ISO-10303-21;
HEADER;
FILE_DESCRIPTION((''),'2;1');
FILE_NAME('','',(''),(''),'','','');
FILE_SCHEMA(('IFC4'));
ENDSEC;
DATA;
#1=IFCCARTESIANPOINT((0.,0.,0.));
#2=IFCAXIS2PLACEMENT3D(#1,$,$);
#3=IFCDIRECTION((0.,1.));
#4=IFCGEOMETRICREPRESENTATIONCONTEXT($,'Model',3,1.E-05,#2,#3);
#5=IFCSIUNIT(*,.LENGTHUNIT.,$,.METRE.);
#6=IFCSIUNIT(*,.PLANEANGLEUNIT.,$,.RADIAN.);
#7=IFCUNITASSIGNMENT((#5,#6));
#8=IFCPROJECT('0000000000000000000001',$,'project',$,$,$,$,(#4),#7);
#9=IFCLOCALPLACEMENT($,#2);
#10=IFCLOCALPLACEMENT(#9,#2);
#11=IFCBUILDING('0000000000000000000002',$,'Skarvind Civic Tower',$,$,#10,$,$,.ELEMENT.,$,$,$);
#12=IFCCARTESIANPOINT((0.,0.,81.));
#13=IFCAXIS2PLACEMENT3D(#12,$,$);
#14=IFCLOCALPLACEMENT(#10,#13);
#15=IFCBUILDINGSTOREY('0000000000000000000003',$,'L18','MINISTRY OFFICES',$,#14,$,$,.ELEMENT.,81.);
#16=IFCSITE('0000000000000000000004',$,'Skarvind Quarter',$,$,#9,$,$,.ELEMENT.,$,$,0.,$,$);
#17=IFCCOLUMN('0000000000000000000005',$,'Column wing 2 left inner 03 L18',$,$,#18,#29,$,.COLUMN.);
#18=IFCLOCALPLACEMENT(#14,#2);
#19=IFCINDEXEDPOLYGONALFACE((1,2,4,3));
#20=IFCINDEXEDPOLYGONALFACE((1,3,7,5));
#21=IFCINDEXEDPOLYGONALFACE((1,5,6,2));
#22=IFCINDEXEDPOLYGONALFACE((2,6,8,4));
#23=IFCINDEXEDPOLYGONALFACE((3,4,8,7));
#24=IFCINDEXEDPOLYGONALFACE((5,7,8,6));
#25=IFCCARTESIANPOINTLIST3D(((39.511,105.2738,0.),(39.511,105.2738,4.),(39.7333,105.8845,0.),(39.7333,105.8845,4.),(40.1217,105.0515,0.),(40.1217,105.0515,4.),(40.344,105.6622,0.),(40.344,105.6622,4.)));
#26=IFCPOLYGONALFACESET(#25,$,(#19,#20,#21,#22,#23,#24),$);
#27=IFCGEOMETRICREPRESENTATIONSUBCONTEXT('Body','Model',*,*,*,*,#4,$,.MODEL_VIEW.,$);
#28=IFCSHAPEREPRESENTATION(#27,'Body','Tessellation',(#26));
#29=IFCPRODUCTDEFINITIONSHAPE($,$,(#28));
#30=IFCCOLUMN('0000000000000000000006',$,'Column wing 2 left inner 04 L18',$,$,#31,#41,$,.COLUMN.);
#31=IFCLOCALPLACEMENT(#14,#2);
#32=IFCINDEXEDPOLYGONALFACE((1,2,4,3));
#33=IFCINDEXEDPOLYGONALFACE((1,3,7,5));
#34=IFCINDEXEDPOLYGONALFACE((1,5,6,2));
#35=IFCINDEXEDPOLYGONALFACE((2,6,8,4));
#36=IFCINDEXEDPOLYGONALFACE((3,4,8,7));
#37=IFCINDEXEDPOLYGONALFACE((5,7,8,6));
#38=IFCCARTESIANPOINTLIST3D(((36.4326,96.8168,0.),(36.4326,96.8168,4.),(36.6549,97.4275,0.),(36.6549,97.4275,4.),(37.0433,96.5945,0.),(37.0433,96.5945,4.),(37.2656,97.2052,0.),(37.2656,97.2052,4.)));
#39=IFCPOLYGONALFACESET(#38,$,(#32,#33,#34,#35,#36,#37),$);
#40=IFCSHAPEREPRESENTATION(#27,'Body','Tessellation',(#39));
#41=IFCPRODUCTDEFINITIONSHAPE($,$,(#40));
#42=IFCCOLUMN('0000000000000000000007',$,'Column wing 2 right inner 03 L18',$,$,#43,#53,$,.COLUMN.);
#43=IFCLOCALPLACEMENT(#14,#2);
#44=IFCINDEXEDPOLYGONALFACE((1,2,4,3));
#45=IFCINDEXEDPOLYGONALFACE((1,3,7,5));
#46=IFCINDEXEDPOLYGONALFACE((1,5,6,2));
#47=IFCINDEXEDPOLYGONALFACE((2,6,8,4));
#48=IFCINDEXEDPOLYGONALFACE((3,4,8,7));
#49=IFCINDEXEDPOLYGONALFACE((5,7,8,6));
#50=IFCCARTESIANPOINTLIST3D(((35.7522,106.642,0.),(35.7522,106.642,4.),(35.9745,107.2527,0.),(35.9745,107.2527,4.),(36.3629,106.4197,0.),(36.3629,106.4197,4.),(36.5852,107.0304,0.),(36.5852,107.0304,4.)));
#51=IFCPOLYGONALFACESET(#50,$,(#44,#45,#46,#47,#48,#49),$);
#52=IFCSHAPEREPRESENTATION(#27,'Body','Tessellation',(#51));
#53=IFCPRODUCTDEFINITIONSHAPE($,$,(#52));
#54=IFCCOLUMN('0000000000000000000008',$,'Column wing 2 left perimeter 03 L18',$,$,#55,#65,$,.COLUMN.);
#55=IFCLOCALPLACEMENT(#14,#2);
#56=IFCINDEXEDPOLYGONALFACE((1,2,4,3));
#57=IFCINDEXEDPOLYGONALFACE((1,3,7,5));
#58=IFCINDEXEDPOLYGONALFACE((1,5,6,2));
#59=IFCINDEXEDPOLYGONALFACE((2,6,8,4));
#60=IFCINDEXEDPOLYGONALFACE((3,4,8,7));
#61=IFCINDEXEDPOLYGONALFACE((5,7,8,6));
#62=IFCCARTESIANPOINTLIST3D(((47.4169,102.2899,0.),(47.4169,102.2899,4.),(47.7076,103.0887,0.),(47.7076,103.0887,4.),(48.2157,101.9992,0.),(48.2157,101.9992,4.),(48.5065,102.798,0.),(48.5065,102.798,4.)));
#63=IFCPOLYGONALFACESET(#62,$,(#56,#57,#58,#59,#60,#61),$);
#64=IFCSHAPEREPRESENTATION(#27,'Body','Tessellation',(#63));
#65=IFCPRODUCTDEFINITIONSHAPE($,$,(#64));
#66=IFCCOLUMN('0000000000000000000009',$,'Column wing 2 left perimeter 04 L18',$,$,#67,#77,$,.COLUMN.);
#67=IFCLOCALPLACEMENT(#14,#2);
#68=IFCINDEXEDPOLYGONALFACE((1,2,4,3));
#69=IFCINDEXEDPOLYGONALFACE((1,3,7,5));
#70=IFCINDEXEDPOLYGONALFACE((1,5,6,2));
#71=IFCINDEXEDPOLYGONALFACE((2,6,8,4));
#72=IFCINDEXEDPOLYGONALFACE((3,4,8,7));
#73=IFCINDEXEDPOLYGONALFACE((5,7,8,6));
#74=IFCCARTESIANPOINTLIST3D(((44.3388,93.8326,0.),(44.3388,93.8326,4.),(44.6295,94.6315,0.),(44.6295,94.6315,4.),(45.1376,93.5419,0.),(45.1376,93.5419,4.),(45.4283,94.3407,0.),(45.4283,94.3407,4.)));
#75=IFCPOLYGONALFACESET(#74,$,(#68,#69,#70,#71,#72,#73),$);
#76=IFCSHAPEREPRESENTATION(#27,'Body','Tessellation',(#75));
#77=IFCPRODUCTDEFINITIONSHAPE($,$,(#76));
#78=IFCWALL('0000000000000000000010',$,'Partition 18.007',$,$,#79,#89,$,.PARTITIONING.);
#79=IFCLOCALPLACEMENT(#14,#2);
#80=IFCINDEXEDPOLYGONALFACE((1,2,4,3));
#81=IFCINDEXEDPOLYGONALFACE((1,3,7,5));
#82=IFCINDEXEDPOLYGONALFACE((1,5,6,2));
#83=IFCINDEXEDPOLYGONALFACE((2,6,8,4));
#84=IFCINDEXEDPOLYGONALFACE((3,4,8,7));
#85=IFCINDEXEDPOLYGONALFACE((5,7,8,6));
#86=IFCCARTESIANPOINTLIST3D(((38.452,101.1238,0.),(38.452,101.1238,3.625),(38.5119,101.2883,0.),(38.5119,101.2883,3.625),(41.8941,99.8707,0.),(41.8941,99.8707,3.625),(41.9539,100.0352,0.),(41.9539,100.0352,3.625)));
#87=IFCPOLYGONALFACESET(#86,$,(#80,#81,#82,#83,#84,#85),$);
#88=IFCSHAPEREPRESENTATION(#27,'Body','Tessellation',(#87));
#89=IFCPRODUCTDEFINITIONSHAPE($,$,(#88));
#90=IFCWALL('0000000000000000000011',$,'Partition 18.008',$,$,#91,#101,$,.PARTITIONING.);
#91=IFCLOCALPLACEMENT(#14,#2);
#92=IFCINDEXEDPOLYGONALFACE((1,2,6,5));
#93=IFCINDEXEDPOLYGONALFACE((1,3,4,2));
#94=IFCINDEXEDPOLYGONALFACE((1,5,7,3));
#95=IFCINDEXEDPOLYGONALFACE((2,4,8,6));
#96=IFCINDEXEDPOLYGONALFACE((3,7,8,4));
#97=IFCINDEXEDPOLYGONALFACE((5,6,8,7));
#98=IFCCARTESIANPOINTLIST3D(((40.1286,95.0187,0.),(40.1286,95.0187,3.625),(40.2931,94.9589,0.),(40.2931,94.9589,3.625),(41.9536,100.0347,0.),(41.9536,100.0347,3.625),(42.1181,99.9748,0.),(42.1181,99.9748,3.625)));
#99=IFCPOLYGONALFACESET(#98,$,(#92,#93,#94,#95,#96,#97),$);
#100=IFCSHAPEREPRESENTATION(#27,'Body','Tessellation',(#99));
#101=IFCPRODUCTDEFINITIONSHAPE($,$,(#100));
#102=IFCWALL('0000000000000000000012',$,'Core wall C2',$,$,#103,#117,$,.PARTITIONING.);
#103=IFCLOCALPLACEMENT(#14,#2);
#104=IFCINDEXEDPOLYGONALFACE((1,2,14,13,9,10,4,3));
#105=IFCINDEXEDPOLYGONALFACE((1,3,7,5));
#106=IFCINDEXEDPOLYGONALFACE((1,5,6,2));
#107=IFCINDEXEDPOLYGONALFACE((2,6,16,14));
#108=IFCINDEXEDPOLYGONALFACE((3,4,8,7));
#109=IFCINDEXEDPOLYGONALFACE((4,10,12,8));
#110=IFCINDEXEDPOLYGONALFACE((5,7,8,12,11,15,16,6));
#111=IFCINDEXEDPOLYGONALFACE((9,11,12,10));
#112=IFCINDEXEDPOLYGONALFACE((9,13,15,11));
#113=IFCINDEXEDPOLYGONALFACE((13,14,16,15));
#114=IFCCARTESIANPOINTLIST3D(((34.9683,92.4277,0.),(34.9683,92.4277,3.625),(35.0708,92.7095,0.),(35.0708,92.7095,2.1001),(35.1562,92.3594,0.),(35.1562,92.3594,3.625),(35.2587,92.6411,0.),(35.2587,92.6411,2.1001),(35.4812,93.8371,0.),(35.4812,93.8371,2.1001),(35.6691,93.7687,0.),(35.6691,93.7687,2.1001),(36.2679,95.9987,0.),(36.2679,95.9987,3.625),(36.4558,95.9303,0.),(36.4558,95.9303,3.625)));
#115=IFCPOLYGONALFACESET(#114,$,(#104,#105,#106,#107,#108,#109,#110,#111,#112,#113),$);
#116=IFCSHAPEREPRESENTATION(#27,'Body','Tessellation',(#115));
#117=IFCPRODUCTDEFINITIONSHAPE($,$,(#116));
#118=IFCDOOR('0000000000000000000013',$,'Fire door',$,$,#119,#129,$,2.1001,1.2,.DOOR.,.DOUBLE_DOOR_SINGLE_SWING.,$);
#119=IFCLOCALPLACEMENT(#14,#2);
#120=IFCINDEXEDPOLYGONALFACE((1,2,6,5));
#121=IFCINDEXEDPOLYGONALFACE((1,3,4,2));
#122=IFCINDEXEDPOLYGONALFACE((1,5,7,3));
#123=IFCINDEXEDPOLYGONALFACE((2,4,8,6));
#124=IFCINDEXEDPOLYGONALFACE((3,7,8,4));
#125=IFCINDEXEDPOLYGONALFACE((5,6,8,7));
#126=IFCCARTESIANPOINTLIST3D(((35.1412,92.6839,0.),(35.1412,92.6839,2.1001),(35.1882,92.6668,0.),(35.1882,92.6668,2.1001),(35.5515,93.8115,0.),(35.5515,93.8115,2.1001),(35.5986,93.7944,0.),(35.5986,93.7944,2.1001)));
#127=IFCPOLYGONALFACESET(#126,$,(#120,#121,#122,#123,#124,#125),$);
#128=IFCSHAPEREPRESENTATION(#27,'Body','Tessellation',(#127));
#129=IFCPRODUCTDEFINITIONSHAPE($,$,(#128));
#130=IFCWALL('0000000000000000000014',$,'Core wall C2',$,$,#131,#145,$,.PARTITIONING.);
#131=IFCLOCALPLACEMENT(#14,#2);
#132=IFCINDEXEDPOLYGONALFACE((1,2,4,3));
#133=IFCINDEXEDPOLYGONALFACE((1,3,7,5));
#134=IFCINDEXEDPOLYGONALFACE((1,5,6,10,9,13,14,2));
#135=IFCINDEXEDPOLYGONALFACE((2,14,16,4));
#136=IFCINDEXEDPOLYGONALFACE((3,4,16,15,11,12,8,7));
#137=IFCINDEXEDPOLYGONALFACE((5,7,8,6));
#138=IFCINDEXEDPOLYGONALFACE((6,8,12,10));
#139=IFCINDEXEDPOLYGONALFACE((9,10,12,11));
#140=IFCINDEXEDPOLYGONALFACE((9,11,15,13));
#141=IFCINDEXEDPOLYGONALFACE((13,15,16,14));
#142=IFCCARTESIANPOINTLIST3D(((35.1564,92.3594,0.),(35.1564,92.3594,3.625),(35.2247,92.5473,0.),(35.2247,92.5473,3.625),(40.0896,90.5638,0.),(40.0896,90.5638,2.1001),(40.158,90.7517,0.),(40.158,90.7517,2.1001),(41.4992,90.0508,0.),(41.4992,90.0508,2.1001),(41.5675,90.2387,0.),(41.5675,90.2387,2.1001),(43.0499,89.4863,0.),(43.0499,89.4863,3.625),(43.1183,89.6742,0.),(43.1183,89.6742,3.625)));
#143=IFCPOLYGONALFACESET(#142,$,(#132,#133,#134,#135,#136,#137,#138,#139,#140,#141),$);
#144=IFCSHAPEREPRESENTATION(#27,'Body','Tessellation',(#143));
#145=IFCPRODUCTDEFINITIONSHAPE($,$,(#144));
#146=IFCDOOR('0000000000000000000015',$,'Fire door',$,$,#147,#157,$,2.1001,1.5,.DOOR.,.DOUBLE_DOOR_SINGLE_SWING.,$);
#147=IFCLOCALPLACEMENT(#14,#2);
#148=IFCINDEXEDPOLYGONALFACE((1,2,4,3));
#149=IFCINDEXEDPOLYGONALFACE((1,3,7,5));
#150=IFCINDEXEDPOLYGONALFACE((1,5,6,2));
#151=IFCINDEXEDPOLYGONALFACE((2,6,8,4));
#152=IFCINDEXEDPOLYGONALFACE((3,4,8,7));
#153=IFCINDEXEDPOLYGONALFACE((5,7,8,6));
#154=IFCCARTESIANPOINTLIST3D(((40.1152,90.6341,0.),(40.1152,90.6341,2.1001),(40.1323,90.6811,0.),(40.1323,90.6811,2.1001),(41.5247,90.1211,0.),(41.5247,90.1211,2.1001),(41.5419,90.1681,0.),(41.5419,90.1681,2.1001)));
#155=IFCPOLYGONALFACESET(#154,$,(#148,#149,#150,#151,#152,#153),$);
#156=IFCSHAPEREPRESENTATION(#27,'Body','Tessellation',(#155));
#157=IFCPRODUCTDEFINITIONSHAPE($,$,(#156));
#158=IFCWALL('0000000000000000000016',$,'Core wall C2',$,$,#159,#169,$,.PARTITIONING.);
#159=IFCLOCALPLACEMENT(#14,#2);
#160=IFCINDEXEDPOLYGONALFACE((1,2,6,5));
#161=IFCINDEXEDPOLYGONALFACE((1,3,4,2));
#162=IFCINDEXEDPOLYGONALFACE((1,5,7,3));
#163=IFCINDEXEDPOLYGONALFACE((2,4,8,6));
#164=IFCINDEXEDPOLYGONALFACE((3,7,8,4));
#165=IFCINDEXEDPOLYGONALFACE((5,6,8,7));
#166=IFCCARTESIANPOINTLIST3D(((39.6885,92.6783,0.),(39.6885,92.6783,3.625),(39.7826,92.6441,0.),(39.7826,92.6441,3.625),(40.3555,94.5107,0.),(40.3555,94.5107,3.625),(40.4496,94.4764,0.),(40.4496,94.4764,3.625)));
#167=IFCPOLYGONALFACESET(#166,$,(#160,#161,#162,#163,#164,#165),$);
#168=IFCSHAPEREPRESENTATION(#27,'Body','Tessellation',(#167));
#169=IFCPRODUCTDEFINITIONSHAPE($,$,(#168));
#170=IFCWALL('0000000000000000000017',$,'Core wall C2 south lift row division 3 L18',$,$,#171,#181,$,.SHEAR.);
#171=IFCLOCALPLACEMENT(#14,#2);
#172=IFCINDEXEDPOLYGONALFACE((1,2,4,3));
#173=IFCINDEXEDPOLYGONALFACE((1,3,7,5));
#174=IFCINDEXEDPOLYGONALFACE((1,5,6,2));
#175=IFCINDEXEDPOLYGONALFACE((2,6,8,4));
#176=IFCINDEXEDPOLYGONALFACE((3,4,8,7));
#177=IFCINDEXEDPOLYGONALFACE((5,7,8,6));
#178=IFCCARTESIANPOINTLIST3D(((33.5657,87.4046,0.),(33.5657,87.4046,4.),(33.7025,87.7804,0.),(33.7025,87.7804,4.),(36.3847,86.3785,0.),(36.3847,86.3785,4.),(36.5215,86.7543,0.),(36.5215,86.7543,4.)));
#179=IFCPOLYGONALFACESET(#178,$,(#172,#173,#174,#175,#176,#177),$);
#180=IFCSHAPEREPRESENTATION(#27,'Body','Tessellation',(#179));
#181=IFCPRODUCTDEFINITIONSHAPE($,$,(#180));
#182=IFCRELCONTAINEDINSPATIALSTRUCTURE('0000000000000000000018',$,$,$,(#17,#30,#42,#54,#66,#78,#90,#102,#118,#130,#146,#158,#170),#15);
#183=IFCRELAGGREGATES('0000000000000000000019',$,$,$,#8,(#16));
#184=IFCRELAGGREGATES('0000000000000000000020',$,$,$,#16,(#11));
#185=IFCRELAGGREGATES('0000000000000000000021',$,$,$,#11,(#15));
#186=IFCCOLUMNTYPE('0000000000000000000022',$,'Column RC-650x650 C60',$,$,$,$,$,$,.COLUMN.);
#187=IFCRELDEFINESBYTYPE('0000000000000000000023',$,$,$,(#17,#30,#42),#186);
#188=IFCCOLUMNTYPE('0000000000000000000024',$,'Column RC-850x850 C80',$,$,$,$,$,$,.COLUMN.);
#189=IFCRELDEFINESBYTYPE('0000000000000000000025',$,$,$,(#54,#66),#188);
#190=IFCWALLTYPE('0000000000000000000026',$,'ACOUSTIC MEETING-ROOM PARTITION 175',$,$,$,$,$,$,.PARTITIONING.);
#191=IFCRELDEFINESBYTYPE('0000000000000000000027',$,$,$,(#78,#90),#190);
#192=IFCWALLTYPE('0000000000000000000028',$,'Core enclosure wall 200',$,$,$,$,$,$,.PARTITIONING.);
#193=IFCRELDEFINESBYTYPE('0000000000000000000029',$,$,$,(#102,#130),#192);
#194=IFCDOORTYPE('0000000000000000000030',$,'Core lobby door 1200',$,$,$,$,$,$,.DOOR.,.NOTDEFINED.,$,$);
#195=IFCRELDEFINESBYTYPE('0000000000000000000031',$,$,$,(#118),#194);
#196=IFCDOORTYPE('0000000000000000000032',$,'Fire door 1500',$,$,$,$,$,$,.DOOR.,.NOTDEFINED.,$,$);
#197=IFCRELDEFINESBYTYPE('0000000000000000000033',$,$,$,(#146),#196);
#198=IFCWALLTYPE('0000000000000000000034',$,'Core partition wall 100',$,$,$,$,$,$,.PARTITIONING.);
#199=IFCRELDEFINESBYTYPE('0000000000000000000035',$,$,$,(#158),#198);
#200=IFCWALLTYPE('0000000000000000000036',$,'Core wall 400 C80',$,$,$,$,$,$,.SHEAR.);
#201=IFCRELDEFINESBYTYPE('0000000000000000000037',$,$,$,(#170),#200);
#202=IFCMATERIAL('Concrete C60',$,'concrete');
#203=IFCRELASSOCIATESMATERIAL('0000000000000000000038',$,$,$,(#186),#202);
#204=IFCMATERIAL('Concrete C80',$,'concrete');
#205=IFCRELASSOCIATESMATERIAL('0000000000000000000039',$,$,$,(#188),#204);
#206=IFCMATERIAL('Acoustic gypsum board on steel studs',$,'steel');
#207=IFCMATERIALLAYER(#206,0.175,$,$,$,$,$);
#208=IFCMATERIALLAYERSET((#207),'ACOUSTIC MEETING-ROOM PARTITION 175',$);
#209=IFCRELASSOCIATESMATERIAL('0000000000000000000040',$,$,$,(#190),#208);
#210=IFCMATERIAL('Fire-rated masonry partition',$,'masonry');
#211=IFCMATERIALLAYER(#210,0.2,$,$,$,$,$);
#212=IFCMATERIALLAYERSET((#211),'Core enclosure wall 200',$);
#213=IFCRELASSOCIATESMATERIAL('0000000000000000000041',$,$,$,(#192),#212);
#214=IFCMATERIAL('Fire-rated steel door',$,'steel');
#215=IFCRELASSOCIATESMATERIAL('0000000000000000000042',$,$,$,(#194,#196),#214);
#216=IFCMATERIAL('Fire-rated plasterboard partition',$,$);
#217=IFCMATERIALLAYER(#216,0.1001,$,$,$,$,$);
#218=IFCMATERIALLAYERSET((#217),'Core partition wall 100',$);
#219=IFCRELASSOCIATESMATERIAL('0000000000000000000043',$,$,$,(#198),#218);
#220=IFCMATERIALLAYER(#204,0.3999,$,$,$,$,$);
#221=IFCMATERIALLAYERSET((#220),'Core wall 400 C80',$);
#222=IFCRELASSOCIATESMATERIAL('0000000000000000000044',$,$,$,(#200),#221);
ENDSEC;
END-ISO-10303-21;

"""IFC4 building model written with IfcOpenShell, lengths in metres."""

from ifc_helpers import new_model, si_unit, direction, frame, frame_2d, origin, origin_2d, place, context, subcontext, project, spatial, rectangle, extrude, material, layer, layer_set, material_profile, profile_set, type_object, element, fill, save


model = new_model("IFC4")

# Units and contexts
model_context = context("Model", 3, precision=1e-05, world=origin(), true_north=direction((0.0, 1.0)))
body_context = subcontext(model_context, "Body", "Model", "MODEL_VIEW")
ifc_project = project(units=[si_unit("LENGTHUNIT", "METRE"), si_unit("PLANEANGLEUNIT", "RADIAN")], contexts=[model_context])

# Site, building, storey
site_placement = place(None, origin())
site = spatial("IfcSite", under=ifc_project, at=site_placement, Name="Skarvind Quarter", CompositionType="ELEMENT", RefElevation=0.0)
building_placement = place(site_placement, origin())
building = spatial("IfcBuilding", under=site, at=building_placement, Name="Skarvind Civic Tower", CompositionType="ELEMENT")
storey_placement = place(building_placement, frame((0.0, 0.0, 81.0)))
storey = spatial("IfcBuildingStorey", under=building, at=storey_placement, Name="L18", Description="MINISTRY OFFICES", CompositionType="ELEMENT", Elevation=81.0)

# Columns
ifc_material_1 = material(Name="Concrete C60", Category="concrete")
ifc_material_profile_1 = material_profile(ifc_material_1, rectangle(XDim=0.6499, YDim=0.6499, at=origin_2d()), Name="RC-650x650")
ifc_profile_set_1 = profile_set([ifc_material_profile_1], Name="Concrete C60")
column_type_1 = type_object("IfcColumnType", Name="Column RC-650x650 C60", PredefinedType="COLUMN", material=ifc_profile_set_1)
for number, where, z_axis, x_axis, name in (
    (1, (39.9275, 105.468, 0.0), (0.0, 0.0, 1.0), (-0.34202, -0.939693, 0.0), "Column wing 2 left inner 03 L18"),
    (2, (36.8491, 97.011, 0.0), (0.0, 0.0, 1.0), (-0.34202, -0.939693, 0.0), "Column wing 2 left inner 04 L18"),
    (3, (36.1687, 106.8362, 0.0), (0.0, 0.0, 1.0), (-0.34202, -0.939693, 0.0), "Column wing 2 right inner 03 L18"),
):
    element("IfcColumn", number, at=place(storey_placement, frame(where, z_axis=z_axis, x_axis=x_axis)), inside=storey, type_object=column_type_1, Name=name, PredefinedType="COLUMN", context=body_context, shape_type="SweptSolid", body=[
        extrude(rectangle(XDim=0.6499, YDim=0.6499, at=origin_2d()), origin(), (0.0, 0.0, 1.0), 4.0),
    ])
ifc_material_2 = material(Name="Concrete C80", Category="concrete")
ifc_material_profile_2 = material_profile(ifc_material_2, rectangle(XDim=0.8501, YDim=0.8501, at=origin_2d()), Name="RC-850x850")
ifc_profile_set_2 = profile_set([ifc_material_profile_2], Name="Concrete C80")
column_type_2 = type_object("IfcColumnType", Name="Column RC-850x850 C80", PredefinedType="COLUMN", material=ifc_profile_set_2)
for number, where, z_axis, x_axis, name in (
    (4, (47.9617, 102.5439, 0.0), (0.0, 0.0, 1.0), (-0.34202, -0.939693, 0.0), "Column wing 2 left perimeter 03 L18"),
    (5, (44.8835, 94.0867, 0.0), (0.0, 0.0, 1.0), (-0.34202, -0.939693, 0.0), "Column wing 2 left perimeter 04 L18"),
):
    element("IfcColumn", number, at=place(storey_placement, frame(where, z_axis=z_axis, x_axis=x_axis)), inside=storey, type_object=column_type_2, Name=name, PredefinedType="COLUMN", context=body_context, shape_type="SweptSolid", body=[
        extrude(rectangle(XDim=0.8501, YDim=0.8501, at=origin_2d()), origin(), (0.0, 0.0, 1.0), 4.0),
    ])

# Walls
ifc_material_3 = material(Name="Acoustic gypsum board on steel studs", Category="steel")
ifc_layer_1 = layer(ifc_material_3, 0.175)
ifc_layer_set_1 = layer_set([ifc_layer_1], Name="ACOUSTIC MEETING-ROOM PARTITION 175")
wall_type_1 = type_object("IfcWallType", Name="ACOUSTIC MEETING-ROOM PARTITION 175", PredefinedType="PARTITIONING", material=ifc_layer_set_1)
wall_1_placement = place(storey_placement, frame((38.4819, 101.2061, 0.0), z_axis=(0.0, 0.0, 1.0), x_axis=(0.939663, -0.342102, 0.0)))
element("IfcWall", 6, at=wall_1_placement, inside=storey, type_object=wall_type_1, Name="Partition 18.007", PredefinedType="PARTITIONING", context=body_context, shape_type="SweptSolid", body=[
    extrude(rectangle(XDim=3.6631, YDim=0.175, at=frame_2d((1.8315, 0.0))), origin(), (0.0, 0.0, 1.0), 3.625),
])
wall_2_placement = place(storey_placement, frame((42.0359, 100.0049, 0.0), z_axis=(0.0, 0.0, 1.0), x_axis=(-0.341908, -0.939733, 0.0)))
element("IfcWall", 7, at=wall_2_placement, inside=storey, type_object=wall_type_1, Name="Partition 18.008", PredefinedType="PARTITIONING", context=body_context, shape_type="SweptSolid", body=[
    extrude(rectangle(XDim=5.3376, YDim=0.175, at=frame_2d((2.6689, 0.0))), origin(), (0.0, 0.0, 1.0), 3.625),
])

# Walls, openings, doors
ifc_material_4 = material(Name="Fire-rated masonry partition", Category="masonry")
ifc_layer_2 = layer(ifc_material_4, 0.2)
ifc_layer_set_2 = layer_set([ifc_layer_2], Name="Core enclosure wall 200")
wall_type_2 = type_object("IfcWallType", Name="Core enclosure wall 200", PredefinedType="PARTITIONING", material=ifc_layer_set_2)
wall_3_placement = place(storey_placement, frame((36.3618, 95.9644, 0.0), z_axis=(0.0, 0.0, 1.0), x_axis=(-0.341996, -0.939701, 0.0)))
wall_3 = element("IfcWall", 8, at=wall_3_placement, inside=storey, type_object=wall_type_2, Name="Core wall C2", PredefinedType="PARTITIONING", context=body_context, shape_type="SweptSolid", body=[
    extrude(rectangle(XDim=3.8, YDim=0.2, at=frame_2d((1.8999, 0.0))), origin(), (0.0, 0.0, 1.0), 3.625),
])
opening_1_placement = place(wall_3_placement, frame((2.3, 0.0, 0.0)))
opening_1 = element("IfcOpeningElement", 9, at=opening_1_placement, cuts=wall_3, PredefinedType="OPENING", context=body_context, shape_type="SweptSolid", body=[
    extrude(rectangle(XDim=1.2, YDim=2.1001, at=frame_2d((0.6001, 1.05))), frame((0.0, 0.1099, 0.0), z_axis=(0.0, -1.0, 0.0), x_axis=(1.0, 0.0, 0.0)), (0.0, 0.0, 1.0), 0.22),
])
ifc_material_5 = material(Name="Fire-rated steel door", Category="steel")
door_type_1 = type_object("IfcDoorType", Name="Core lobby door 1200", OperationType="NOTDEFINED", PredefinedType="DOOR", material=ifc_material_5)
door_1_placement = place(opening_1_placement, origin())
door_1 = element("IfcDoor", 10, at=door_1_placement, inside=storey, type_object=door_type_1, Name="Fire door", OperationType="DOUBLE_DOOR_SINGLE_SWING", OverallHeight=2.1001, OverallWidth=1.2, PredefinedType="DOOR", context=body_context, shape_type="SweptSolid", body=[
    extrude(rectangle(XDim=1.2, YDim=2.1001, at=frame_2d((0.6001, 1.05))), frame((0.0, 0.0249, 0.0), z_axis=(0.0, -1.0, 0.0), x_axis=(1.0, 0.0, 0.0)), (0.0, 0.0, 1.0), 0.05),
])
fill(opening_1, door_1)
wall_4_placement = place(storey_placement, frame((35.1904, 92.4534, 0.0), z_axis=(0.0, 0.0, 1.0), x_axis=(0.939692, -0.342023, 0.0)))
wall_4 = element("IfcWall", 11, at=wall_4_placement, inside=storey, type_object=wall_type_2, Name="Core wall C2", PredefinedType="PARTITIONING", context=body_context, shape_type="SweptSolid", body=[
    extrude(rectangle(XDim=8.4001, YDim=0.2, at=frame_2d((4.2002, 0.0))), origin(), (0.0, 0.0, 1.0), 3.625),
])
opening_2_placement = place(wall_4_placement, frame((5.25, 0.0, 0.0)))
opening_2 = element("IfcOpeningElement", 12, at=opening_2_placement, cuts=wall_4, PredefinedType="OPENING", context=body_context, shape_type="SweptSolid", body=[
    extrude(rectangle(XDim=1.5, YDim=2.1001, at=frame_2d((0.75, 1.05))), frame((0.0, 0.1099, 0.0), z_axis=(0.0, -1.0, 0.0), x_axis=(1.0, 0.0, 0.0)), (0.0, 0.0, 1.0), 0.22),
])
door_type_2 = type_object("IfcDoorType", Name="Fire door 1500", OperationType="NOTDEFINED", PredefinedType="DOOR", material=ifc_material_5)
door_2_placement = place(opening_2_placement, origin())
door_2 = element("IfcDoor", 13, at=door_2_placement, inside=storey, type_object=door_type_2, Name="Fire door", OperationType="DOUBLE_DOOR_SINGLE_SWING", OverallHeight=2.1001, OverallWidth=1.5, PredefinedType="DOOR", context=body_context, shape_type="SweptSolid", body=[
    extrude(rectangle(XDim=1.5, YDim=2.1001, at=frame_2d((0.75, 1.05))), frame((0.0, 0.0249, 0.0), z_axis=(0.0, -1.0, 0.0), x_axis=(1.0, 0.0, 0.0)), (0.0, 0.0, 1.0), 0.05),
])
fill(opening_2, door_2)

# Walls
ifc_material_6 = material(Name="Fire-rated plasterboard partition")
ifc_layer_3 = layer(ifc_material_6, 0.1001)
ifc_layer_set_3 = layer_set([ifc_layer_3], Name="Core partition wall 100")
wall_type_3 = type_object("IfcWallType", Name="Core partition wall 100", PredefinedType="PARTITIONING", material=ifc_layer_set_3)
wall_5_placement = place(storey_placement, frame((40.4026, 94.4937, 0.0), z_axis=(0.0, 0.0, 1.0), x_axis=(-0.342065, -0.939676, 0.0)))
element("IfcWall", 14, at=wall_5_placement, inside=storey, type_object=wall_type_3, Name="Core wall C2", PredefinedType="PARTITIONING", context=body_context, shape_type="SweptSolid", body=[
    extrude(rectangle(XDim=1.95, YDim=0.1001, at=frame_2d((0.9751, 0.0))), origin(), (0.0, 0.0, 1.0), 3.625),
])
ifc_layer_4 = layer(ifc_material_2, 0.3999)
ifc_layer_set_4 = layer_set([ifc_layer_4], Name="Core wall 400 C80")
wall_type_4 = type_object("IfcWallType", Name="Core wall 400 C80", PredefinedType="SHEAR", material=ifc_layer_set_4)
for number, where, z_axis, x_axis, name in (
    (15, (36.4531, 86.5664, 0.0), (0.0, 0.0, 1.0), (-0.939686, 0.342037, 0.0), "Core wall C2 south lift row division 3 L18"),
):
    element("IfcWall", number, at=place(storey_placement, frame(where, z_axis=z_axis, x_axis=x_axis)), inside=storey, type_object=wall_type_4, Name=name, PredefinedType="SHEAR", context=body_context, shape_type="SweptSolid", body=[
        extrude(rectangle(XDim=3.0, YDim=0.3999, at=frame_2d((1.5, 0.0))), origin(), (0.0, 0.0, 1.0), 4.0),
    ])

save(model, "model.ifc")
